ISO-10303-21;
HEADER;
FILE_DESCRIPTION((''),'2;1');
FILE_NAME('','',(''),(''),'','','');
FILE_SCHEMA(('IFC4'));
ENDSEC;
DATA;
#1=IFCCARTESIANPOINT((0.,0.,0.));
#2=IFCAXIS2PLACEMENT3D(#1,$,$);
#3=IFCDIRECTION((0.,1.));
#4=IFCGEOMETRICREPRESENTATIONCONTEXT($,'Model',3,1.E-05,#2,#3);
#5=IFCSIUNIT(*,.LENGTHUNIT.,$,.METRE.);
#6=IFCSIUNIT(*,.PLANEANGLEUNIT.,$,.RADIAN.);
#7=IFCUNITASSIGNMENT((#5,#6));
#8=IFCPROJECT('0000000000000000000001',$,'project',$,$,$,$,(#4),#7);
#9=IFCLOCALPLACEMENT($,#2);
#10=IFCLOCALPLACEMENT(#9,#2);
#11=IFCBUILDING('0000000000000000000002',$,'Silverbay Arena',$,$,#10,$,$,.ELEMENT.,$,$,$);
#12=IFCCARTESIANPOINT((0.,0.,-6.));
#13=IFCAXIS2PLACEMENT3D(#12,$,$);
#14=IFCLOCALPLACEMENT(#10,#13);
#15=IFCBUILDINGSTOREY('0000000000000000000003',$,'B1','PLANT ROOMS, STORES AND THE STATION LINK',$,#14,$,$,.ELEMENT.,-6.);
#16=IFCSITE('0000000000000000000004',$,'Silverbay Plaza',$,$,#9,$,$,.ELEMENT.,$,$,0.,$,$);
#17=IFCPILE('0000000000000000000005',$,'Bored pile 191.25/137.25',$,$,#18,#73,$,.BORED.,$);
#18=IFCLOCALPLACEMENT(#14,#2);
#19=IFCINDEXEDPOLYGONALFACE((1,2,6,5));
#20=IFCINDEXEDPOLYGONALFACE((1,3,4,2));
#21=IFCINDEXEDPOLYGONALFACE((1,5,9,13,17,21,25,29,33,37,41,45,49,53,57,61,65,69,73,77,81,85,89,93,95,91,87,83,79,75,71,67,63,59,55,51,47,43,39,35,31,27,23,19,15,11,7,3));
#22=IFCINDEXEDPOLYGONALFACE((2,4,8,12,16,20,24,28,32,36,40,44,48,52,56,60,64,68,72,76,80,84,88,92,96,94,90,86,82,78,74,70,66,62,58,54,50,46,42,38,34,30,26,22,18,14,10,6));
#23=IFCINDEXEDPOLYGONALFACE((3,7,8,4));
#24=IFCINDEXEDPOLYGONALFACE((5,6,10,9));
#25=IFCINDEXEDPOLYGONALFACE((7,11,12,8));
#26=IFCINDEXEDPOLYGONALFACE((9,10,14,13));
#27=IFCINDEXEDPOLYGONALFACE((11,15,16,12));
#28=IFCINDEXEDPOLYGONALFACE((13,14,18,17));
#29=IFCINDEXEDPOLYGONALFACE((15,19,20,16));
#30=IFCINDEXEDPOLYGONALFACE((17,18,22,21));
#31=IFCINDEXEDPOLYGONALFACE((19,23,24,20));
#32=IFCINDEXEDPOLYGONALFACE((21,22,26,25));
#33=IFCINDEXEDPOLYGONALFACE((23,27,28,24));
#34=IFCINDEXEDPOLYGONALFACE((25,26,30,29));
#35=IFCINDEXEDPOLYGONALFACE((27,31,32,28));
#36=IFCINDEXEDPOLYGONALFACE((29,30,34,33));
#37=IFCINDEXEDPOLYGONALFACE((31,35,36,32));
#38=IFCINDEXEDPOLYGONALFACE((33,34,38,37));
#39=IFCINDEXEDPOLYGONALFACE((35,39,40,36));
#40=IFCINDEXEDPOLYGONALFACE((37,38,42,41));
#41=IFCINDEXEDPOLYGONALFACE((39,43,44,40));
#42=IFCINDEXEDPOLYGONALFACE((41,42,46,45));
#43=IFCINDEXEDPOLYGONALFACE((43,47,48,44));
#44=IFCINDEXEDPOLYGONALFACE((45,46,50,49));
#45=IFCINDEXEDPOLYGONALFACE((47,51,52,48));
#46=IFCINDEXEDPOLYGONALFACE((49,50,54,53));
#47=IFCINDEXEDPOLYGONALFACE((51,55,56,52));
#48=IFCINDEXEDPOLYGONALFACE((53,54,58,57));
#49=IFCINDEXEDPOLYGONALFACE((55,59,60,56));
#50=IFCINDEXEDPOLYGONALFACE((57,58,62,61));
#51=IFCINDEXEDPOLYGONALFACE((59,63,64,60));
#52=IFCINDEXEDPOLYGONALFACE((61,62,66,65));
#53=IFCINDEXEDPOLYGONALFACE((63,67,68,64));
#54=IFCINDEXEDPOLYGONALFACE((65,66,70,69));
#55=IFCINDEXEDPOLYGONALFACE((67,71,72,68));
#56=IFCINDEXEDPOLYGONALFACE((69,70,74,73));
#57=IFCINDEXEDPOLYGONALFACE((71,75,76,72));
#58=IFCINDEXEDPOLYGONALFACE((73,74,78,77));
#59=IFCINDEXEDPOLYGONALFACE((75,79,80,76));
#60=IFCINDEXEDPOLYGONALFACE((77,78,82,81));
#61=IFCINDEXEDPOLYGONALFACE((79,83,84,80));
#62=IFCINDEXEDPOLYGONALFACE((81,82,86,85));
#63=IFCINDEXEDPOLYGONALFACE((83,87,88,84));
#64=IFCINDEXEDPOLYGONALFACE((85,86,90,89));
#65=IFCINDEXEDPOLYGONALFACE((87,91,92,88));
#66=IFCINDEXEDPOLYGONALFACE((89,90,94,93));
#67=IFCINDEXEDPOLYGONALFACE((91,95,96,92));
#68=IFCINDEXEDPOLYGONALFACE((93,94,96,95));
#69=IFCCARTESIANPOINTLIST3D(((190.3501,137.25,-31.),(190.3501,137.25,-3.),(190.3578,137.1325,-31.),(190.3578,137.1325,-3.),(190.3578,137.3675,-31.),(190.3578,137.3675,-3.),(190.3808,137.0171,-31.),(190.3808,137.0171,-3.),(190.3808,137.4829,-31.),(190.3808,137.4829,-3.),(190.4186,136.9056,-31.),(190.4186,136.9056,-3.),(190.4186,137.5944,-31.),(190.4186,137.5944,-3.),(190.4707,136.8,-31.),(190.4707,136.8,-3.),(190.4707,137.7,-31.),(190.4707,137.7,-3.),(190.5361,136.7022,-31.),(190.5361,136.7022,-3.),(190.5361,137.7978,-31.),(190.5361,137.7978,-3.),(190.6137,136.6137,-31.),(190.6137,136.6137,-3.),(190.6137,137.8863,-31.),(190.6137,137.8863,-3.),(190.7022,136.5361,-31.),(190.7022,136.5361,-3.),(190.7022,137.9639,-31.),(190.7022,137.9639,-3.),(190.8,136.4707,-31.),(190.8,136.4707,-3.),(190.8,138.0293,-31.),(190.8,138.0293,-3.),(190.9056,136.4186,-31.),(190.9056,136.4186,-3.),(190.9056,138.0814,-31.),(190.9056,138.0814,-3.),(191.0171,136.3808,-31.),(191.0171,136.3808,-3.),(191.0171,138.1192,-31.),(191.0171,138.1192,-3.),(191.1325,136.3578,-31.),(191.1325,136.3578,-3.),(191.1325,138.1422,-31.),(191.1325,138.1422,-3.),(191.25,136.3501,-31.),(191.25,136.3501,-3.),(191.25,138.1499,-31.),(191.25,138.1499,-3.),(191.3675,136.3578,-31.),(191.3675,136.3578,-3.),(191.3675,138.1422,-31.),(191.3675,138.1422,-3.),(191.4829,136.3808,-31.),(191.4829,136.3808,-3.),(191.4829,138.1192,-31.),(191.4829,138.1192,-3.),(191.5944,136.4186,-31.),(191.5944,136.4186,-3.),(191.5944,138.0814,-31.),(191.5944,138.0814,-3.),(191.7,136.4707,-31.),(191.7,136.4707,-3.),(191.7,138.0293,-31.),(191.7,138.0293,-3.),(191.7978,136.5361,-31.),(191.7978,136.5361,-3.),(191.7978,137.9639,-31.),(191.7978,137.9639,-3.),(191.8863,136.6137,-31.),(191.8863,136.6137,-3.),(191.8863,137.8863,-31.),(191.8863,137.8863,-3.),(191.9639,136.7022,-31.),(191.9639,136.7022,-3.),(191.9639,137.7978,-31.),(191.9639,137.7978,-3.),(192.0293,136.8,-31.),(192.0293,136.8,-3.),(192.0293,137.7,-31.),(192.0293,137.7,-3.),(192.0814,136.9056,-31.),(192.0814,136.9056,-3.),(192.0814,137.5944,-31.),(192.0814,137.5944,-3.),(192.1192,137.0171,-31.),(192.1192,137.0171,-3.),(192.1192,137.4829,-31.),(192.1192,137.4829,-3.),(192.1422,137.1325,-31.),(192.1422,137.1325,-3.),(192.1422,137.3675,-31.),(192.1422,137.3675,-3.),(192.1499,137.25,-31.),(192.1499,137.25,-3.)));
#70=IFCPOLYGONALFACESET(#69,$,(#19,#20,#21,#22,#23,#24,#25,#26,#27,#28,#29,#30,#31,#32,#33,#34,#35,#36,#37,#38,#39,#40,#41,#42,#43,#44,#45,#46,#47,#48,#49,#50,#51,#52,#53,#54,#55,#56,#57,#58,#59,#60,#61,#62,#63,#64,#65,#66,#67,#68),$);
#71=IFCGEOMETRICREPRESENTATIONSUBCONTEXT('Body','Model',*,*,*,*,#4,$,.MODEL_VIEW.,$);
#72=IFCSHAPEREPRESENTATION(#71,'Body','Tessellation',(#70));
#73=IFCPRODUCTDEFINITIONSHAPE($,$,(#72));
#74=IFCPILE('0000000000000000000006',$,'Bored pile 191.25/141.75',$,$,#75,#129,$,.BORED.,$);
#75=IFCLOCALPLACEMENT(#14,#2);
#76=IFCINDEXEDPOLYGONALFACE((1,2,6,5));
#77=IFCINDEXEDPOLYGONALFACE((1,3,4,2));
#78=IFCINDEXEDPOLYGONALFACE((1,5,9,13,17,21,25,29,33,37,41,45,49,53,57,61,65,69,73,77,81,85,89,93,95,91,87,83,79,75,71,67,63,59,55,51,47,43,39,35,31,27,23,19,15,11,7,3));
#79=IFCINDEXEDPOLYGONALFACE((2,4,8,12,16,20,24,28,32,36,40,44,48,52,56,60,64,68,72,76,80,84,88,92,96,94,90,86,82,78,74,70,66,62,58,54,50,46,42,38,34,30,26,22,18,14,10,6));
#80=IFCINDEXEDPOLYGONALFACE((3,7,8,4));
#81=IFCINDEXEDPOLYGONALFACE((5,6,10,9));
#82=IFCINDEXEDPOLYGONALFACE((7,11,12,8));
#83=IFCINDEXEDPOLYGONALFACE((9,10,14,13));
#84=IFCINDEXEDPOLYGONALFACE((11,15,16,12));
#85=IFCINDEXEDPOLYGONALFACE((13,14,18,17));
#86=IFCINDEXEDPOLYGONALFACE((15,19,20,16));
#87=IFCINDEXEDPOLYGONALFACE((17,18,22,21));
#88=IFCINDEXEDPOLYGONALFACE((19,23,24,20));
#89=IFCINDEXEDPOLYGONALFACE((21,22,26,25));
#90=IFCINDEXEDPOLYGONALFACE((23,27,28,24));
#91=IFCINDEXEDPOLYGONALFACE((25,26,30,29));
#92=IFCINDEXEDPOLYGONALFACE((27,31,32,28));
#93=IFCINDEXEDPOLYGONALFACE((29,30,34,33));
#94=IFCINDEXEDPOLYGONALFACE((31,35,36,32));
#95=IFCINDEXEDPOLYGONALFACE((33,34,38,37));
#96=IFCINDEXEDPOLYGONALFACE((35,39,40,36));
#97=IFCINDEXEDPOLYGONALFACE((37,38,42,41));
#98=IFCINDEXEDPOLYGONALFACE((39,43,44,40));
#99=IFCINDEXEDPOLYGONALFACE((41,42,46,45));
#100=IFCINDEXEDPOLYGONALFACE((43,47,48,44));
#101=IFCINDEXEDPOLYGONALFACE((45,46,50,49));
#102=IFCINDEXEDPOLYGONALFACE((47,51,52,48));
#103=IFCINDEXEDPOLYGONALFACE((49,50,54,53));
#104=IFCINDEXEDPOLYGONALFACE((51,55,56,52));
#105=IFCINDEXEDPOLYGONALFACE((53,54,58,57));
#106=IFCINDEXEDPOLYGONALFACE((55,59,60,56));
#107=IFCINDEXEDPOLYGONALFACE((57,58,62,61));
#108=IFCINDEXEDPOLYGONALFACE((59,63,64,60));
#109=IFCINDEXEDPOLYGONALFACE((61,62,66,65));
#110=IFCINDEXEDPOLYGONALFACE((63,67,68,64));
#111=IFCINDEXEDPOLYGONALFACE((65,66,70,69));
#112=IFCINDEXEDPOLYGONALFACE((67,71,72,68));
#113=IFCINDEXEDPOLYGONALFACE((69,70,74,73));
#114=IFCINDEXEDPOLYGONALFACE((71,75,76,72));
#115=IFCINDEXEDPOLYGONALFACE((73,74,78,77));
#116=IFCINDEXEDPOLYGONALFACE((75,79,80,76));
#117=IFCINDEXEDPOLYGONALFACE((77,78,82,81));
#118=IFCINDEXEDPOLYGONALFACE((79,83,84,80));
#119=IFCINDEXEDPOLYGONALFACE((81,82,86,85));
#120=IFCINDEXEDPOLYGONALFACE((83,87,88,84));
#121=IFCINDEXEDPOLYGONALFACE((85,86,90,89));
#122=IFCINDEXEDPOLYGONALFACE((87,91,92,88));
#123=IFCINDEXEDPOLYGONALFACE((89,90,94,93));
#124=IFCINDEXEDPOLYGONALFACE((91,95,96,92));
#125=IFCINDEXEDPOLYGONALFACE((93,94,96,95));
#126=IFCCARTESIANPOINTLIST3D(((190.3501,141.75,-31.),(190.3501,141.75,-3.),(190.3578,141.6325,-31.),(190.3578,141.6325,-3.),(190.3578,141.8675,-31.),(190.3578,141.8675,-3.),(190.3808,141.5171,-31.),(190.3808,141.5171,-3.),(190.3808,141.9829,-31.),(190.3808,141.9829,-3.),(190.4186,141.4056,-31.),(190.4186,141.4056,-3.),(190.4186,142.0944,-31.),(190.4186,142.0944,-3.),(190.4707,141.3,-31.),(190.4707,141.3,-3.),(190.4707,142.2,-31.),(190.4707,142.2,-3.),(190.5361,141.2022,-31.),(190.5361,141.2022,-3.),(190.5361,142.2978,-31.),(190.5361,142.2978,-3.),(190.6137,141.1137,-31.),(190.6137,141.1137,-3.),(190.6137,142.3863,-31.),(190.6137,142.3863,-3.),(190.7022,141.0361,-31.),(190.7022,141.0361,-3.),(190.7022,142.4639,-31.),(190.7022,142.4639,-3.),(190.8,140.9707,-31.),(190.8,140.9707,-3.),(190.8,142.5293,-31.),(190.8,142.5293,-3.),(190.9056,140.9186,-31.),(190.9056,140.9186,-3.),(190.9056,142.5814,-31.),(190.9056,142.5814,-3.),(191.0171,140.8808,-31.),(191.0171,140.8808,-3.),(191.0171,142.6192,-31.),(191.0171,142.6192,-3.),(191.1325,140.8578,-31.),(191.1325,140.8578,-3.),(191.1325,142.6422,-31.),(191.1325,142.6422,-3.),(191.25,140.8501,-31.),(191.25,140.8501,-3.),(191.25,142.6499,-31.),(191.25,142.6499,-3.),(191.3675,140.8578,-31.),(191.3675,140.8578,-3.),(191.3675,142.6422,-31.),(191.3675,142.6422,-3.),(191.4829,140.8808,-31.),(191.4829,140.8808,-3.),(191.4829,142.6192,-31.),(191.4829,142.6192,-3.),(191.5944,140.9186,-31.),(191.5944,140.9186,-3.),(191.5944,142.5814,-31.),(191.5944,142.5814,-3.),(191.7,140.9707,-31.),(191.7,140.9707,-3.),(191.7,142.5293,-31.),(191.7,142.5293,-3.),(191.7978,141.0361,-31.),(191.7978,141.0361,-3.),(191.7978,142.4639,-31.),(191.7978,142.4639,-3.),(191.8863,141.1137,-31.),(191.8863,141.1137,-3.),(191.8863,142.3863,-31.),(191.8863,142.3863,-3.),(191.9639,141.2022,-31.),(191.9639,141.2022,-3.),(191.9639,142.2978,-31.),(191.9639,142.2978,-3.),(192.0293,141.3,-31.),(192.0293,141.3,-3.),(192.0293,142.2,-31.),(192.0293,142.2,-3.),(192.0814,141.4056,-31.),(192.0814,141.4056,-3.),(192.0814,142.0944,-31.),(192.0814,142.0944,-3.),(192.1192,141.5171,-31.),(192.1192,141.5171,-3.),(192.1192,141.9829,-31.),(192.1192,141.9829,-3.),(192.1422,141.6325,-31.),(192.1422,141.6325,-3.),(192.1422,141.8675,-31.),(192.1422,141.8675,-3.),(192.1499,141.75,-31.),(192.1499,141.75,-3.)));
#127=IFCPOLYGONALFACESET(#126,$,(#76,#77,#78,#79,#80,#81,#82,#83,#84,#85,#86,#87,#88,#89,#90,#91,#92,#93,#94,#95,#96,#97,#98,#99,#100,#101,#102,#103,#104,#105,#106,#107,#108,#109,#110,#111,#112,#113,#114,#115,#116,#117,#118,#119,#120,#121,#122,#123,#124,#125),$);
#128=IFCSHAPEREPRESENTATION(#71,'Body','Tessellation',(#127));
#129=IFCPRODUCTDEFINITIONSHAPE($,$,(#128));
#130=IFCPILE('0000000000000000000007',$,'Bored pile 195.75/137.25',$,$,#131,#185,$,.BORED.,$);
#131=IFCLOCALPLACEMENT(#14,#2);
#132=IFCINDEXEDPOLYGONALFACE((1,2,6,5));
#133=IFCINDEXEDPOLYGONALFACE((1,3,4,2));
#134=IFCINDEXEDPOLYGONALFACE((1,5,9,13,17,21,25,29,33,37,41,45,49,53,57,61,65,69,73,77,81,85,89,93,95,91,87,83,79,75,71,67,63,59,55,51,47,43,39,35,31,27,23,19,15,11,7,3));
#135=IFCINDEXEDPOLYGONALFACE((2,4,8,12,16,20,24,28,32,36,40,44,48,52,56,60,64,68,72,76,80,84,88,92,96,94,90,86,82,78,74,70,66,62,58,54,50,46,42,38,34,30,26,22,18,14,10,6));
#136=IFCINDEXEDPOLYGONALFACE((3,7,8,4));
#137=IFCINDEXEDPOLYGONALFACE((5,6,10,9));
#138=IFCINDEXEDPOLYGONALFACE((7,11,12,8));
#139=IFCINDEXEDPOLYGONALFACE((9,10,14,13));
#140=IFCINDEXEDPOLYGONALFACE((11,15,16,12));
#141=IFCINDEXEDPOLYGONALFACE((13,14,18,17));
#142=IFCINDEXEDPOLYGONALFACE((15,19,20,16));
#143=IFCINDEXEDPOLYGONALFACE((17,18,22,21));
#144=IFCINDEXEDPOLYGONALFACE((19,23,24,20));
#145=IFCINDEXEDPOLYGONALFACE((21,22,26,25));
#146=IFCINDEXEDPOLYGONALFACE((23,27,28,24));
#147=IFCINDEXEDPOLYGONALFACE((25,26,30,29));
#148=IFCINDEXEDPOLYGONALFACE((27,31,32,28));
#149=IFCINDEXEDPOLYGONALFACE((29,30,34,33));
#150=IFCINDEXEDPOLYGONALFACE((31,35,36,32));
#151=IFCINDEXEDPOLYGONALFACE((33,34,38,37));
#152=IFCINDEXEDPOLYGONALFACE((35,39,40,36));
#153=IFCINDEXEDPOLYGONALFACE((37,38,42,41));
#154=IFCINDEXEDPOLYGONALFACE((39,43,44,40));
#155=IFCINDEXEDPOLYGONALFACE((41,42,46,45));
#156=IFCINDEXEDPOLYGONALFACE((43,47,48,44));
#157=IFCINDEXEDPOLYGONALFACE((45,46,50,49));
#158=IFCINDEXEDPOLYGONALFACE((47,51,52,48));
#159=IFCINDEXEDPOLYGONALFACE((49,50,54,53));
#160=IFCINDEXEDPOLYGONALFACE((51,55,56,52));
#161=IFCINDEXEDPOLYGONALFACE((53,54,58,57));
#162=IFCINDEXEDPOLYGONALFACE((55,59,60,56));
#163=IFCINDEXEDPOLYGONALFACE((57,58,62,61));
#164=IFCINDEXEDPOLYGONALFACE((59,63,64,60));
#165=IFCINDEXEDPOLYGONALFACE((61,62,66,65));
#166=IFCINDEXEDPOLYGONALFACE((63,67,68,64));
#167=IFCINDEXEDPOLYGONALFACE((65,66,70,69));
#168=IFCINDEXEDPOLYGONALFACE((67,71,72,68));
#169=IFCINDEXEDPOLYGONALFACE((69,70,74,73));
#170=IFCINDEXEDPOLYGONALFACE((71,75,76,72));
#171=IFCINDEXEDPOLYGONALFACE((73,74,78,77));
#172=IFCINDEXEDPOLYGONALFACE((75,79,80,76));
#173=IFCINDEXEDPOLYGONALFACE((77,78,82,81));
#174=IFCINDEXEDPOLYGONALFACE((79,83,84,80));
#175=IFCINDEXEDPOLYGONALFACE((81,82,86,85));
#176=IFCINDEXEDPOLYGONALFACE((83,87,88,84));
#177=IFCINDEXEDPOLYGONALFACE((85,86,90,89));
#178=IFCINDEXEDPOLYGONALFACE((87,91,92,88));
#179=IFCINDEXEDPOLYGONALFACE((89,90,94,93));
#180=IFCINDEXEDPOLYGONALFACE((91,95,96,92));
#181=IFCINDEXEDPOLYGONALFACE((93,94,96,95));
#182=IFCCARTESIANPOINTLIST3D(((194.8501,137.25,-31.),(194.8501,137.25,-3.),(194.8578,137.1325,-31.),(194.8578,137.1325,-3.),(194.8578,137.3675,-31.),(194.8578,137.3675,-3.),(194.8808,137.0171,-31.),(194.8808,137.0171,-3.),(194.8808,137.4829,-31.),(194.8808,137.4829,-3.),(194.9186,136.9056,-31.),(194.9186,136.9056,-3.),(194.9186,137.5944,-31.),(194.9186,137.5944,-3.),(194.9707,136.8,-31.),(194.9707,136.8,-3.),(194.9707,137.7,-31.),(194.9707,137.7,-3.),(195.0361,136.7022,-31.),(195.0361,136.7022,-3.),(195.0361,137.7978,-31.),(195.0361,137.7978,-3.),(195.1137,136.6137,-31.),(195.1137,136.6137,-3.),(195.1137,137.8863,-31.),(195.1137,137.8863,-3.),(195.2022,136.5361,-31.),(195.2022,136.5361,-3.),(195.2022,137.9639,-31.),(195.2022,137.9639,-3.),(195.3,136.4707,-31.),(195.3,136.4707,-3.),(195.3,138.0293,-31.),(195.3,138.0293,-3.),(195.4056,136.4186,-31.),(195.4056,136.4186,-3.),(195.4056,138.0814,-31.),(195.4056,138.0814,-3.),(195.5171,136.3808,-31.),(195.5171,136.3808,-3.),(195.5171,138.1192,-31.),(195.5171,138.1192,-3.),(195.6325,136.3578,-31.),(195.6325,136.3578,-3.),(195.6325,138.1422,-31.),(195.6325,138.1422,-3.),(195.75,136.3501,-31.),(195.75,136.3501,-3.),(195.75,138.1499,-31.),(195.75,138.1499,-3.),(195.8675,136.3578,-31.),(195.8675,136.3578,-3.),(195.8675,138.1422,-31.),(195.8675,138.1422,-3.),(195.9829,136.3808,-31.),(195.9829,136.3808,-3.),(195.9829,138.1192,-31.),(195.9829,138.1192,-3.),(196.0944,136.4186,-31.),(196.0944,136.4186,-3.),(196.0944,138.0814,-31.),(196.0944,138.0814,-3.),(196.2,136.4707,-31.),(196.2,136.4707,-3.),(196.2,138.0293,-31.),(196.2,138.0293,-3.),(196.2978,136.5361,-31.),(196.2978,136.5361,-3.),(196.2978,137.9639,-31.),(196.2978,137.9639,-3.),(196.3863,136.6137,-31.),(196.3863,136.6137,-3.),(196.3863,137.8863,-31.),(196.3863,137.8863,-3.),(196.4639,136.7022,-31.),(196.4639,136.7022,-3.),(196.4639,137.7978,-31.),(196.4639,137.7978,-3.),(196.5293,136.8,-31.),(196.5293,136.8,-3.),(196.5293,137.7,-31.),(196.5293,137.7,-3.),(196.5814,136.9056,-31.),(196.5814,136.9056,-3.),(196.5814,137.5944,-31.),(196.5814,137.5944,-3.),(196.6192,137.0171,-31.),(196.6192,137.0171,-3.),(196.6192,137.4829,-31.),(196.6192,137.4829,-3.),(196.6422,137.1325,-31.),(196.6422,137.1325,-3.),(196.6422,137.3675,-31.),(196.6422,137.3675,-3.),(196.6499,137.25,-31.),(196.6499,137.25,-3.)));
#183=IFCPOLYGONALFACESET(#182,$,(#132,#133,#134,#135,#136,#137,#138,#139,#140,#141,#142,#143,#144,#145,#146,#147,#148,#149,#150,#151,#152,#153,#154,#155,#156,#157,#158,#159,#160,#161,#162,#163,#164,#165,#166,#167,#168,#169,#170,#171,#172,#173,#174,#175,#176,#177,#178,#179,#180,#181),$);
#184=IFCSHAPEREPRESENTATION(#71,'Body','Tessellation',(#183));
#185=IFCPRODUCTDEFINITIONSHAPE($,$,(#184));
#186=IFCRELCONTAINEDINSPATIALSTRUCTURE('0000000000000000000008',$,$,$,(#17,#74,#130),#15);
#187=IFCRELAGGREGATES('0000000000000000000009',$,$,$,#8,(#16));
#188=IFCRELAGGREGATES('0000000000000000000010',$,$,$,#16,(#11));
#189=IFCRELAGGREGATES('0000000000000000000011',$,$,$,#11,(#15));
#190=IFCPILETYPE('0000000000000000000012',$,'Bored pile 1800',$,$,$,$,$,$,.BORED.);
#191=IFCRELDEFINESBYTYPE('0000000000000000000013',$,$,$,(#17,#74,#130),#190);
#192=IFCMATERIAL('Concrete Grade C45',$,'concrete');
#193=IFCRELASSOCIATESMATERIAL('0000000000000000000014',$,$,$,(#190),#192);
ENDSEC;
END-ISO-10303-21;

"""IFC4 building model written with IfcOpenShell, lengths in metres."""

from ifc_helpers import new_model, si_unit, direction, frame, origin, origin_2d, place, context, subcontext, project, spatial, circle, extrude, material, material_profile, profile_set, type_object, element, save


model = new_model("IFC4")

# Units and contexts
model_context = context("Model", 3, precision=1e-05, world=origin(), true_north=direction((0.0, 1.0)))
body_context = subcontext(model_context, "Body", "Model", "MODEL_VIEW")
ifc_project = project(units=[si_unit("LENGTHUNIT", "METRE"), si_unit("PLANEANGLEUNIT", "RADIAN")], contexts=[model_context])

# Site, building, storey
site_placement = place(None, origin())
site = spatial("IfcSite", under=ifc_project, at=site_placement, Name="Silverbay Plaza", CompositionType="ELEMENT", RefElevation=0.0)
building_placement = place(site_placement, origin())
building = spatial("IfcBuilding", under=site, at=building_placement, Name="Silverbay Arena", CompositionType="ELEMENT")
storey_placement = place(building_placement, frame((0.0, 0.0, -6.0)))
storey = spatial("IfcBuildingStorey", under=building, at=storey_placement, Name="B1", Description="PLANT ROOMS, STORES AND THE STATION LINK", CompositionType="ELEMENT", Elevation=-6.0)

# Piles
ifc_material_1 = material(Name="Concrete Grade C45", Category="concrete")
ifc_material_profile_1 = material_profile(ifc_material_1, circle(Radius=0.8999, at=origin_2d()), Name="Bored pile 1800")
ifc_profile_set_1 = profile_set([ifc_material_profile_1], Name="Concrete Grade C45")
pile_type_1 = type_object("IfcPileType", Name="Bored pile 1800", PredefinedType="BORED", material=ifc_profile_set_1)
for number, where, z_axis, x_axis, name in (
    (1, (191.25, 137.25, -3.0), (0.0, 0.0, -1.0), (1.0, 0.0, 0.0), "Bored pile 191.25/137.25"),
    (2, (191.25, 141.75, -3.0), (0.0, 0.0, -1.0), (1.0, 0.0, 0.0), "Bored pile 191.25/141.75"),
    (3, (195.75, 137.25, -3.0), (0.0, 0.0, -1.0), (1.0, 0.0, 0.0), "Bored pile 195.75/137.25"),
):
    element("IfcPile", number, at=place(storey_placement, frame(where, z_axis=z_axis, x_axis=x_axis)), inside=storey, type_object=pile_type_1, Name=name, PredefinedType="BORED", context=body_context, shape_type="SweptSolid", body=[
        extrude(circle(Radius=0.8999, at=origin_2d()), origin(), (0.0, 0.0, 1.0), 28.0),
    ])

save(model, "model.ifc")
